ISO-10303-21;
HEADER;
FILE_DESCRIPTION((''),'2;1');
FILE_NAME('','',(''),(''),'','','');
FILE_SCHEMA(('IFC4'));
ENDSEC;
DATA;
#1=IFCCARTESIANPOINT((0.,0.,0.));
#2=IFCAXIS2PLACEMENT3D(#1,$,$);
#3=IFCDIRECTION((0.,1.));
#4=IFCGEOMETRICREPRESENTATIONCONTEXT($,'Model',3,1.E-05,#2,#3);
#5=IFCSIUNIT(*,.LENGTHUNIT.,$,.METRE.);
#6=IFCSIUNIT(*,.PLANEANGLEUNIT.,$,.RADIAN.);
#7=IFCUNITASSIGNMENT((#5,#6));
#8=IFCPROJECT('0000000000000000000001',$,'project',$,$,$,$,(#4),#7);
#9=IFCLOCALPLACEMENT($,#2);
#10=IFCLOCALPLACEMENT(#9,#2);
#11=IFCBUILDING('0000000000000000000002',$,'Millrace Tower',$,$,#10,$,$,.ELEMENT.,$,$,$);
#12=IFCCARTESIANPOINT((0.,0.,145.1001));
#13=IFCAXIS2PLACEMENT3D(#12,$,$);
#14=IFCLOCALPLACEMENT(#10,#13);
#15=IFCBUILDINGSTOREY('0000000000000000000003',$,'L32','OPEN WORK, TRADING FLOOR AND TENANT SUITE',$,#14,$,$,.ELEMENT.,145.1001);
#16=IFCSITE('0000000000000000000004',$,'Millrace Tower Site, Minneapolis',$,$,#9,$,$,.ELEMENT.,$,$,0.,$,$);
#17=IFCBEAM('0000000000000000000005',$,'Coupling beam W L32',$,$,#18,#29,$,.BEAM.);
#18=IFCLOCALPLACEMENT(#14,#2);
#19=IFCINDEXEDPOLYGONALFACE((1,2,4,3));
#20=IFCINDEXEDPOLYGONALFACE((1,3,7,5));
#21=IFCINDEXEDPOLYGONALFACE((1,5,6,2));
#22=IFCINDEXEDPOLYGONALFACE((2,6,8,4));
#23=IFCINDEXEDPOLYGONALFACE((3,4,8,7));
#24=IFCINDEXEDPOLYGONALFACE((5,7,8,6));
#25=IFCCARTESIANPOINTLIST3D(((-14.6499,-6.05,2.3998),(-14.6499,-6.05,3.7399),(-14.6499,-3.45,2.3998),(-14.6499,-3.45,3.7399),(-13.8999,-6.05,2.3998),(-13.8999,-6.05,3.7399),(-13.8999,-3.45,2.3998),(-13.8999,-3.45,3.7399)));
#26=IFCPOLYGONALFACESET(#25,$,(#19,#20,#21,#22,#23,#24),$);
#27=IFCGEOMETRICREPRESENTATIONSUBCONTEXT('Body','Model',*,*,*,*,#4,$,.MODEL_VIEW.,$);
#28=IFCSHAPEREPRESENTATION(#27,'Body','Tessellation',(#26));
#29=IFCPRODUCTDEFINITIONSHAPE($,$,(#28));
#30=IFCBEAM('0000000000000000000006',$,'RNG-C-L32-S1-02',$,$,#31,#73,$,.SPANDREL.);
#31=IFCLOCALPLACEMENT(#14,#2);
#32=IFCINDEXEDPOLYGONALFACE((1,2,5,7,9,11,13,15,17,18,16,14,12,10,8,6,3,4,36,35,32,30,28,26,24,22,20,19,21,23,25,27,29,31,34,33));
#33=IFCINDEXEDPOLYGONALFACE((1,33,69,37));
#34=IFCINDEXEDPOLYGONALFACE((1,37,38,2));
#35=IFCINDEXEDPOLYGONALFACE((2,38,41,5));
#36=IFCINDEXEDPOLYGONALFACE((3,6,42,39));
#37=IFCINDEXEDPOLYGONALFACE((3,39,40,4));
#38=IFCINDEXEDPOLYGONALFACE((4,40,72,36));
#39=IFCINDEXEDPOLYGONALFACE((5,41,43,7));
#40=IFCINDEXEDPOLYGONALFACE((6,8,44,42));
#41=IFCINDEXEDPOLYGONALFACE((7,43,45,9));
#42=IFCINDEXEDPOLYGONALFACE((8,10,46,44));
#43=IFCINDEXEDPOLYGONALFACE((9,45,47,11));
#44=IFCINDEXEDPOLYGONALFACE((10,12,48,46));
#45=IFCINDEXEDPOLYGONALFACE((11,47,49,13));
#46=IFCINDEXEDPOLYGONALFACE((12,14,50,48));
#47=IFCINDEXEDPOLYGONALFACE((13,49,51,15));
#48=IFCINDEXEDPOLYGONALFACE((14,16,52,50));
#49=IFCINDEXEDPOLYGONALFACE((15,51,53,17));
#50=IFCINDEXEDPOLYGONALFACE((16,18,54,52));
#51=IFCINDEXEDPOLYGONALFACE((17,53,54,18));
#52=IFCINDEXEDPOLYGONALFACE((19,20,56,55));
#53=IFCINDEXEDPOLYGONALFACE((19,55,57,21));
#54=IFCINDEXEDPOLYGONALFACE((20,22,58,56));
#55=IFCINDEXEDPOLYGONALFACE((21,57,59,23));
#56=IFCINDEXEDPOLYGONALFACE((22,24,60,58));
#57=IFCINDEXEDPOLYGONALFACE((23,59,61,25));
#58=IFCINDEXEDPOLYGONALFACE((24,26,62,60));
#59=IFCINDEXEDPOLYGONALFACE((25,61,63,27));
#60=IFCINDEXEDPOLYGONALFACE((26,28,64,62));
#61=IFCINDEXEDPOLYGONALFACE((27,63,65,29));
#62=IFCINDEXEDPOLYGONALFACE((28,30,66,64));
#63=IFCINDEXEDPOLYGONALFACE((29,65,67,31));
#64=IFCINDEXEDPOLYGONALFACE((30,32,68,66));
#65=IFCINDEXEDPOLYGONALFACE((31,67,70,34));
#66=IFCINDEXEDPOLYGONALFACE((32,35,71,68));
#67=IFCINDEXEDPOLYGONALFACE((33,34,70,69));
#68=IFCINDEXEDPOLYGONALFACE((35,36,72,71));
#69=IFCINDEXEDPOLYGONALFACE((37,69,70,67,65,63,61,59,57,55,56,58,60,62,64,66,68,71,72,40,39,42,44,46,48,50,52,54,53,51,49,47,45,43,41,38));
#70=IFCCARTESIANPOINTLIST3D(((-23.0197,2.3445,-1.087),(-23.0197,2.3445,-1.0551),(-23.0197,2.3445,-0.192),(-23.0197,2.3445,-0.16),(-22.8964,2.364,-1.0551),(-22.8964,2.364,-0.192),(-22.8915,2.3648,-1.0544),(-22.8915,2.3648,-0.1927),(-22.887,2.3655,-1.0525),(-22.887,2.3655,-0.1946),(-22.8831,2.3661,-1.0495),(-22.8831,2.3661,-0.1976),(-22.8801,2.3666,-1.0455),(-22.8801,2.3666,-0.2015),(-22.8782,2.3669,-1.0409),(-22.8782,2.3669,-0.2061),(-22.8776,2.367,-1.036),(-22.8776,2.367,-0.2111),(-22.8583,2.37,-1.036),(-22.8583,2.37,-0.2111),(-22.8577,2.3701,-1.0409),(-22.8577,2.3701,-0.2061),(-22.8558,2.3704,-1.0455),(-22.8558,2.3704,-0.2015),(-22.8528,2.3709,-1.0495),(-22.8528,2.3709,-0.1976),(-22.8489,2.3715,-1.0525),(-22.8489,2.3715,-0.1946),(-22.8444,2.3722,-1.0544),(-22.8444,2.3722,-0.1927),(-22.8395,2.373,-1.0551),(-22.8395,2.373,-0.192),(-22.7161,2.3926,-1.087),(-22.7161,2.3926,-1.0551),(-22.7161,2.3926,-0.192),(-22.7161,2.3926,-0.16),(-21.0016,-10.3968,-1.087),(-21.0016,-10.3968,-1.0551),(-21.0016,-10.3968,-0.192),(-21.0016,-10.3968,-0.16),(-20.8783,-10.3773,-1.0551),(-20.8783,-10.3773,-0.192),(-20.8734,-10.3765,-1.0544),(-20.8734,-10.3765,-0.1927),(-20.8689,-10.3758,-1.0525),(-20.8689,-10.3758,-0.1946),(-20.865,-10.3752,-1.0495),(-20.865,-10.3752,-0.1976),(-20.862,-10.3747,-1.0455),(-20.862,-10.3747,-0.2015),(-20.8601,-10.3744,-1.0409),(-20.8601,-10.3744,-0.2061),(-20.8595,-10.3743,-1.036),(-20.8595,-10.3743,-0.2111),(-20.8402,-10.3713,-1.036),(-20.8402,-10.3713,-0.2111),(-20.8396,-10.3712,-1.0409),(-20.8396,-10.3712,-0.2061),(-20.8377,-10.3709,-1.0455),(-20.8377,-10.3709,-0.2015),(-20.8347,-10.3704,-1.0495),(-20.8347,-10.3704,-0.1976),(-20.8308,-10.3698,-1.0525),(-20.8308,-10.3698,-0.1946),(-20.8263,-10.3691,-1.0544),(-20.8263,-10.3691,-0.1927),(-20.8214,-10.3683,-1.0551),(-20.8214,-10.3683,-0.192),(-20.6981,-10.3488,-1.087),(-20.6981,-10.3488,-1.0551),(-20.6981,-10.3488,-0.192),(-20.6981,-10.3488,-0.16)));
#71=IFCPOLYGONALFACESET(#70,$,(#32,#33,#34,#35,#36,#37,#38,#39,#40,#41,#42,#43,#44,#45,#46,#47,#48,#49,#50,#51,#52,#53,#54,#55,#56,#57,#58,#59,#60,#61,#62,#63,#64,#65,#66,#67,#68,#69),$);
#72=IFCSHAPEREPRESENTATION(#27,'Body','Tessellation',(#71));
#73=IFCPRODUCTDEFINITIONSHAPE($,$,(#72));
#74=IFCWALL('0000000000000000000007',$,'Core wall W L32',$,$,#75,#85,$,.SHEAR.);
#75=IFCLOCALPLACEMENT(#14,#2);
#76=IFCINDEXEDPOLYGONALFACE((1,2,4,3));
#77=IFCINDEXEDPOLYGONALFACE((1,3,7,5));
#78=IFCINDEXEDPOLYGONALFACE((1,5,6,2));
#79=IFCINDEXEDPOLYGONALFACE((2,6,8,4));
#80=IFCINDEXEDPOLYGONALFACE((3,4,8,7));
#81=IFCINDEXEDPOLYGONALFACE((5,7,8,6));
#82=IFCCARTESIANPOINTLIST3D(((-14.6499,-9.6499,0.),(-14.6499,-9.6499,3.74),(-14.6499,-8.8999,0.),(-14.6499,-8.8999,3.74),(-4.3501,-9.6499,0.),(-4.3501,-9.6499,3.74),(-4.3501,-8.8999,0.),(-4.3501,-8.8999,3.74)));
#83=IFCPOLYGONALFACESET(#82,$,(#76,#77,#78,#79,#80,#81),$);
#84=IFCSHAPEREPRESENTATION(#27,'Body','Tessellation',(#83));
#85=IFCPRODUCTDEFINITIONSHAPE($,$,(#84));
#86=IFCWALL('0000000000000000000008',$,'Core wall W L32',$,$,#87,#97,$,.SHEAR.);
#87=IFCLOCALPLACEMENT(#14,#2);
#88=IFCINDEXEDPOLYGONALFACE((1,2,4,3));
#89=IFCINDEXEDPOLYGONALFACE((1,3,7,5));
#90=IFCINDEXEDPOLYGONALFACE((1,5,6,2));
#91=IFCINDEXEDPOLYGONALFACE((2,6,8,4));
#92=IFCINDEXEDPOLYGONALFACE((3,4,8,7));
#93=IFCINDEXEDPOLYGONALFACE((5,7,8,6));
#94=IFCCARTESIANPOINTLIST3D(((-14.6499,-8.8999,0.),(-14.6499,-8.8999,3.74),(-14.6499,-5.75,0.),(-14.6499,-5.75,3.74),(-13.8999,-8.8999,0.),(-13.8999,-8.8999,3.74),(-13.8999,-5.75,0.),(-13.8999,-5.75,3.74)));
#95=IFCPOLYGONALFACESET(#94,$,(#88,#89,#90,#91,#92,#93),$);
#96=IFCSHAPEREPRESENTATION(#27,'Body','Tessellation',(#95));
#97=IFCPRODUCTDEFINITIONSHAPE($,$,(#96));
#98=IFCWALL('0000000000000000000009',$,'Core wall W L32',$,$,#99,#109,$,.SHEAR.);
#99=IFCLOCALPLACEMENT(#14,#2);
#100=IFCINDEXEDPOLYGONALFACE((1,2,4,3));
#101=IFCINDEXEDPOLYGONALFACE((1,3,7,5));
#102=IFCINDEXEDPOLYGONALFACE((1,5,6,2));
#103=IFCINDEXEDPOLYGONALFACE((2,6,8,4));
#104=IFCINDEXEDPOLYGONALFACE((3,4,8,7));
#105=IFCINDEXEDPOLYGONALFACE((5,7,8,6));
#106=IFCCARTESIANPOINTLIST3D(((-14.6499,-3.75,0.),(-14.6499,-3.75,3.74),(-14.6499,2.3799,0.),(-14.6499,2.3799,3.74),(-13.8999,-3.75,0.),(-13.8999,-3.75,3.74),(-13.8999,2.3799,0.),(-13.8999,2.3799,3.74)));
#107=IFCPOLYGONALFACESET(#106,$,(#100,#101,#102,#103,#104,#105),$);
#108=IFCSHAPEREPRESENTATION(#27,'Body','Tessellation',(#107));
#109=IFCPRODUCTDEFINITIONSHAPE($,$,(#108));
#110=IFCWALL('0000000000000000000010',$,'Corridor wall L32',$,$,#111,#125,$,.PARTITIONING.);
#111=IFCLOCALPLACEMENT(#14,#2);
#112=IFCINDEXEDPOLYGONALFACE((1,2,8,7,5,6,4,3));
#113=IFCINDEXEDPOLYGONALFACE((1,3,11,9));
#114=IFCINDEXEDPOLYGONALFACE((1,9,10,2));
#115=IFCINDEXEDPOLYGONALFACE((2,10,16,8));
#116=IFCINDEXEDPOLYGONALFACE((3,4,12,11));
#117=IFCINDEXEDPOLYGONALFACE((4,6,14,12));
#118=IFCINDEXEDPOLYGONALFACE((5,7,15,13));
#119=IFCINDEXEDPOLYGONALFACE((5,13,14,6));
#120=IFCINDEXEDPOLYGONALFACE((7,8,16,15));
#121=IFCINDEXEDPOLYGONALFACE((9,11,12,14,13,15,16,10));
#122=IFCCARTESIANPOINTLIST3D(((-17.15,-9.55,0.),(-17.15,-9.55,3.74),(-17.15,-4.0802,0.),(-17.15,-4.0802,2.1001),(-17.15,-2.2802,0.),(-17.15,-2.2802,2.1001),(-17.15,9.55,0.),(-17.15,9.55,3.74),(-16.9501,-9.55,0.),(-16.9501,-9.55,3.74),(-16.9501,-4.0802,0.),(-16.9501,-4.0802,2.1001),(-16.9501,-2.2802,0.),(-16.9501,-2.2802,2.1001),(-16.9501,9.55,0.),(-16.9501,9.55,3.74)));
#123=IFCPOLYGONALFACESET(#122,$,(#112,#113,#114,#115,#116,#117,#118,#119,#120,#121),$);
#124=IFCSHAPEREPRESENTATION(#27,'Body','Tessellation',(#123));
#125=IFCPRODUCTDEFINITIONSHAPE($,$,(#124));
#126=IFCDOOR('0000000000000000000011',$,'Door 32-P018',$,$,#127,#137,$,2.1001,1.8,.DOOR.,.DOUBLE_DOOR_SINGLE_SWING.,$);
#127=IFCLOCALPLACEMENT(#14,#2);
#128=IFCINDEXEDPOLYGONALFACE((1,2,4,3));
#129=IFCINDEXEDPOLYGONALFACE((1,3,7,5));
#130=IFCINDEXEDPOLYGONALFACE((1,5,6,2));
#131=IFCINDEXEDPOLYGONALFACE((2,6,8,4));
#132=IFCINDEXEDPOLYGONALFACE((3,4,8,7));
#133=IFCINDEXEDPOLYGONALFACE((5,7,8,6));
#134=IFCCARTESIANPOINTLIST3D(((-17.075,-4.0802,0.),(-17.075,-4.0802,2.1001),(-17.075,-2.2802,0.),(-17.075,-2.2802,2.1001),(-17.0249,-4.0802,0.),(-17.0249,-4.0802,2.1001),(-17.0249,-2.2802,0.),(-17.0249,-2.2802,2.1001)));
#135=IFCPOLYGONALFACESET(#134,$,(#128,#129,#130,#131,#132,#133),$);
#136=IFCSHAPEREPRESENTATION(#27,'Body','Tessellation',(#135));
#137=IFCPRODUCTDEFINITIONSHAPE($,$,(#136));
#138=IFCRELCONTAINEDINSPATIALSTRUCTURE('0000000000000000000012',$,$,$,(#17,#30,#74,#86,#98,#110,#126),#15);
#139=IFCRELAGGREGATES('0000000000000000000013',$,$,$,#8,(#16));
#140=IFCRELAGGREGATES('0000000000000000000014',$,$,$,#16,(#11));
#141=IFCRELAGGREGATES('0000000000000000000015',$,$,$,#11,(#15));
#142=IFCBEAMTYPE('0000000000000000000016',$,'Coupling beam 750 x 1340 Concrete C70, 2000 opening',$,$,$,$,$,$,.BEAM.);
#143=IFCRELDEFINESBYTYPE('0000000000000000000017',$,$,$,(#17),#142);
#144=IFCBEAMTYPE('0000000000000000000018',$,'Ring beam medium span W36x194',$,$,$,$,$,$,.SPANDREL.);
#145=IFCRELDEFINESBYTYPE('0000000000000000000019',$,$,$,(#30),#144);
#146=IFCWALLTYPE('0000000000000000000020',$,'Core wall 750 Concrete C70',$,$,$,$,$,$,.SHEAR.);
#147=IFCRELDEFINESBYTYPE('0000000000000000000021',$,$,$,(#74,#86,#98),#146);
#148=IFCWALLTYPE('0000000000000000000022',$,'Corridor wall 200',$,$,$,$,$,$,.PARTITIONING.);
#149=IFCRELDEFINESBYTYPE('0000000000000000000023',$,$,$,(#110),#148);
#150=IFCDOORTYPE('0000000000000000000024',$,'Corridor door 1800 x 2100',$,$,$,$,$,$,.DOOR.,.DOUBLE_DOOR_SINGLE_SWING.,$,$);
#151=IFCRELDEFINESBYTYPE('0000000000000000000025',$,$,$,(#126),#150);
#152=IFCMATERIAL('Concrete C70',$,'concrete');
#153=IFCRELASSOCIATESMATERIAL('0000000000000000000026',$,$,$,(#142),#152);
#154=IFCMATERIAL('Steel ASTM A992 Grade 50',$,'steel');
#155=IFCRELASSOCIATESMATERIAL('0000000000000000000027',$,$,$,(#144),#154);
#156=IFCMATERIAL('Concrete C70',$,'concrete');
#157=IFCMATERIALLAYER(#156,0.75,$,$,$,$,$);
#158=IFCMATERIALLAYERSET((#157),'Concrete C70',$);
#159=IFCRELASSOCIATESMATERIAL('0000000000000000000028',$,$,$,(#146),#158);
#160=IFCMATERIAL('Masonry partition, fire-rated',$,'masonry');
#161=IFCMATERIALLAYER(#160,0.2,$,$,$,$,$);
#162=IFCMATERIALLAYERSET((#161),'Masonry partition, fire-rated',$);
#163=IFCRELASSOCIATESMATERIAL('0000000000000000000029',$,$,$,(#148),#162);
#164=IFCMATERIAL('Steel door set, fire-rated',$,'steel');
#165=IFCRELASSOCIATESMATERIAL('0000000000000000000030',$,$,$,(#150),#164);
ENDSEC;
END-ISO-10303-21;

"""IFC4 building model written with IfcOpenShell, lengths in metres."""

from ifc_helpers import new_model, si_unit, direction, frame, frame_2d, origin, origin_2d, place, context, subcontext, project, spatial, rectangle, i_section, extrude, material, layer, layer_set, material_profile, profile_set, type_object, element, fill, save


model = new_model("IFC4")

# Units and contexts
model_context = context("Model", 3, precision=1e-05, world=origin(), true_north=direction((0.0, 1.0)))
body_context = subcontext(model_context, "Body", "Model", "MODEL_VIEW")
ifc_project = project(units=[si_unit("LENGTHUNIT", "METRE"), si_unit("PLANEANGLEUNIT", "RADIAN")], contexts=[model_context])

# Site, building, storey
site_placement = place(None, origin())
site = spatial("IfcSite", under=ifc_project, at=site_placement, Name="Millrace Tower Site, Minneapolis", CompositionType="ELEMENT", RefElevation=0.0)
building_placement = place(site_placement, origin())
building = spatial("IfcBuilding", under=site, at=building_placement, Name="Millrace Tower", CompositionType="ELEMENT")
storey_placement = place(building_placement, frame((0.0, 0.0, 145.1001)))
storey = spatial("IfcBuildingStorey", under=building, at=storey_placement, Name="L32", Description="OPEN WORK, TRADING FLOOR AND TENANT SUITE", CompositionType="ELEMENT", Elevation=145.1001)

# Beams
ifc_material_1 = material(Name="Concrete C70", Category="concrete")
ifc_material_profile_1 = material_profile(ifc_material_1, rectangle(XDim=0.75, YDim=1.3401, at=origin_2d()))
ifc_profile_set_1 = profile_set([ifc_material_profile_1], Name="Concrete C70")
beam_type_1 = type_object("IfcBeamType", Name="Coupling beam 750 x 1340 Concrete C70, 2000 opening", PredefinedType="BEAM", material=ifc_profile_set_1)
beam_1_placement = place(storey_placement, frame((-14.2749, -6.05, 3.0698), z_axis=(0.0, 1.0, 0.0), x_axis=(-1.0, 0.0, 0.0)))
element("IfcBeam", 1, at=beam_1_placement, inside=storey, type_object=beam_type_1, Name="Coupling beam W L32", PredefinedType="BEAM", context=body_context, shape_type="SweptSolid", body=[
    extrude(rectangle(XDim=0.75, YDim=1.3401, at=origin_2d()), origin(), (0.0, 0.0, 1.0), 2.6001),
])
ifc_material_2 = material(Name="Steel ASTM A992 Grade 50", Category="steel")
ifc_material_profile_2 = material_profile(ifc_material_2, i_section(OverallWidth=0.3074, OverallDepth=0.927, WebThickness=0.0195, FlangeThickness=0.032, FilletRadius=0.019, at=origin_2d()))
ifc_profile_set_2 = profile_set([ifc_material_profile_2], Name="Steel ASTM A992 Grade 50")
beam_type_2 = type_object("IfcBeamType", Name="Ring beam medium span W36x194", PredefinedType="SPANDREL", material=ifc_profile_set_2)
beam_2_placement = place(storey_placement, frame((-20.8499, -10.3728, -0.6235), z_axis=(-0.156439, 0.987688, 0.0), x_axis=(-0.987688, -0.156439, 0.0)))
element("IfcBeam", 2, at=beam_2_placement, inside=storey, type_object=beam_type_2, Name="RNG-C-L32-S1-02", PredefinedType="SPANDREL", context=body_context, shape_type="SweptSolid", body=[
    extrude(i_section(OverallWidth=0.3074, OverallDepth=0.927, WebThickness=0.0195, FlangeThickness=0.032, FilletRadius=0.019, at=origin_2d()), origin(), (0.0, 0.0, 1.0), 12.9001),
])

# Walls
ifc_material_3 = material(Name="Concrete C70", Category="concrete")
ifc_layer_1 = layer(ifc_material_3, 0.75)
ifc_layer_set_1 = layer_set([ifc_layer_1], Name="Concrete C70")
wall_type_1 = type_object("IfcWallType", Name="Core wall 750 Concrete C70", PredefinedType="SHEAR", material=ifc_layer_set_1)
wall_1_placement = place(storey_placement, frame((-14.6499, -9.2749, 0.0), z_axis=(0.0, 0.0, 1.0), x_axis=(1.0, 0.0, 0.0)))
element("IfcWall", 3, at=wall_1_placement, inside=storey, type_object=wall_type_1, Name="Core wall W L32", PredefinedType="SHEAR", context=body_context, shape_type="SweptSolid", body=[
    extrude(rectangle(XDim=10.2998, YDim=0.75, at=frame_2d((5.1499, 0.0))), origin(), (0.0, 0.0, 1.0), 3.74),
])
wall_2_placement = place(storey_placement, frame((-14.2749, -8.8999, 0.0), z_axis=(0.0, 0.0, 1.0), x_axis=(0.0, 1.0, 0.0)))
element("IfcWall", 4, at=wall_2_placement, inside=storey, type_object=wall_type_1, Name="Core wall W L32", PredefinedType="SHEAR", context=body_context, shape_type="SweptSolid", body=[
    extrude(rectangle(XDim=3.1499, YDim=0.75, at=frame_2d((1.575, 0.0))), origin(), (0.0, 0.0, 1.0), 3.74),
])
wall_3_placement = place(storey_placement, frame((-14.2749, -3.75, 0.0), z_axis=(0.0, 0.0, 1.0), x_axis=(0.0, 1.0, 0.0)))
element("IfcWall", 5, at=wall_3_placement, inside=storey, type_object=wall_type_1, Name="Core wall W L32", PredefinedType="SHEAR", context=body_context, shape_type="SweptSolid", body=[
    extrude(rectangle(XDim=6.1299, YDim=0.75, at=frame_2d((3.0649, 0.0))), origin(), (0.0, 0.0, 1.0), 3.74),
])

# Wall, opening, door
ifc_material_4 = material(Name="Masonry partition, fire-rated", Category="masonry")
ifc_layer_2 = layer(ifc_material_4, 0.2)
ifc_layer_set_2 = layer_set([ifc_layer_2], Name="Masonry partition, fire-rated")
wall_type_2 = type_object("IfcWallType", Name="Corridor wall 200", PredefinedType="PARTITIONING", material=ifc_layer_set_2)
wall_4_placement = place(storey_placement, frame((-17.05, -9.55, 0.0), z_axis=(0.0, 0.0, 1.0), x_axis=(0.0, 1.0, 0.0)))
wall_4 = element("IfcWall", 6, at=wall_4_placement, inside=storey, type_object=wall_type_2, Name="Corridor wall L32", PredefinedType="PARTITIONING", context=body_context, shape_type="SweptSolid", body=[
    extrude(rectangle(XDim=19.1001, YDim=0.2, at=frame_2d((9.55, 0.0))), origin(), (0.0, 0.0, 1.0), 3.74),
])
opening_1_placement = place(wall_4_placement, frame((5.47, 0.0, 0.0)))
opening_1 = element("IfcOpeningElement", 7, at=opening_1_placement, cuts=wall_4, PredefinedType="OPENING", context=body_context, shape_type="SweptSolid", body=[
    extrude(rectangle(XDim=1.8, YDim=2.1001, at=frame_2d((0.8999, 1.05))), frame((0.0, 0.1099, 0.0), z_axis=(0.0, -1.0, 0.0), x_axis=(1.0, 0.0, 0.0)), (0.0, 0.0, 1.0), 0.22),
])
ifc_material_5 = material(Name="Steel door set, fire-rated", Category="steel")
door_type_1 = type_object("IfcDoorType", Name="Corridor door 1800 x 2100", OperationType="DOUBLE_DOOR_SINGLE_SWING", PredefinedType="DOOR", material=ifc_material_5)
door_1_placement = place(opening_1_placement, origin())
door_1 = element("IfcDoor", 8, at=door_1_placement, inside=storey, type_object=door_type_1, Name="Door 32-P018", OperationType="DOUBLE_DOOR_SINGLE_SWING", OverallHeight=2.1001, OverallWidth=1.8, PredefinedType="DOOR", context=body_context, shape_type="SweptSolid", body=[
    extrude(rectangle(XDim=1.8, YDim=2.1001, at=frame_2d((0.8999, 1.05))), frame((0.0, 0.0249, 0.0), z_axis=(0.0, -1.0, 0.0), x_axis=(1.0, 0.0, 0.0)), (0.0, 0.0, 1.0), 0.05),
])
fill(opening_1, door_1)

save(model, "model.ifc")
